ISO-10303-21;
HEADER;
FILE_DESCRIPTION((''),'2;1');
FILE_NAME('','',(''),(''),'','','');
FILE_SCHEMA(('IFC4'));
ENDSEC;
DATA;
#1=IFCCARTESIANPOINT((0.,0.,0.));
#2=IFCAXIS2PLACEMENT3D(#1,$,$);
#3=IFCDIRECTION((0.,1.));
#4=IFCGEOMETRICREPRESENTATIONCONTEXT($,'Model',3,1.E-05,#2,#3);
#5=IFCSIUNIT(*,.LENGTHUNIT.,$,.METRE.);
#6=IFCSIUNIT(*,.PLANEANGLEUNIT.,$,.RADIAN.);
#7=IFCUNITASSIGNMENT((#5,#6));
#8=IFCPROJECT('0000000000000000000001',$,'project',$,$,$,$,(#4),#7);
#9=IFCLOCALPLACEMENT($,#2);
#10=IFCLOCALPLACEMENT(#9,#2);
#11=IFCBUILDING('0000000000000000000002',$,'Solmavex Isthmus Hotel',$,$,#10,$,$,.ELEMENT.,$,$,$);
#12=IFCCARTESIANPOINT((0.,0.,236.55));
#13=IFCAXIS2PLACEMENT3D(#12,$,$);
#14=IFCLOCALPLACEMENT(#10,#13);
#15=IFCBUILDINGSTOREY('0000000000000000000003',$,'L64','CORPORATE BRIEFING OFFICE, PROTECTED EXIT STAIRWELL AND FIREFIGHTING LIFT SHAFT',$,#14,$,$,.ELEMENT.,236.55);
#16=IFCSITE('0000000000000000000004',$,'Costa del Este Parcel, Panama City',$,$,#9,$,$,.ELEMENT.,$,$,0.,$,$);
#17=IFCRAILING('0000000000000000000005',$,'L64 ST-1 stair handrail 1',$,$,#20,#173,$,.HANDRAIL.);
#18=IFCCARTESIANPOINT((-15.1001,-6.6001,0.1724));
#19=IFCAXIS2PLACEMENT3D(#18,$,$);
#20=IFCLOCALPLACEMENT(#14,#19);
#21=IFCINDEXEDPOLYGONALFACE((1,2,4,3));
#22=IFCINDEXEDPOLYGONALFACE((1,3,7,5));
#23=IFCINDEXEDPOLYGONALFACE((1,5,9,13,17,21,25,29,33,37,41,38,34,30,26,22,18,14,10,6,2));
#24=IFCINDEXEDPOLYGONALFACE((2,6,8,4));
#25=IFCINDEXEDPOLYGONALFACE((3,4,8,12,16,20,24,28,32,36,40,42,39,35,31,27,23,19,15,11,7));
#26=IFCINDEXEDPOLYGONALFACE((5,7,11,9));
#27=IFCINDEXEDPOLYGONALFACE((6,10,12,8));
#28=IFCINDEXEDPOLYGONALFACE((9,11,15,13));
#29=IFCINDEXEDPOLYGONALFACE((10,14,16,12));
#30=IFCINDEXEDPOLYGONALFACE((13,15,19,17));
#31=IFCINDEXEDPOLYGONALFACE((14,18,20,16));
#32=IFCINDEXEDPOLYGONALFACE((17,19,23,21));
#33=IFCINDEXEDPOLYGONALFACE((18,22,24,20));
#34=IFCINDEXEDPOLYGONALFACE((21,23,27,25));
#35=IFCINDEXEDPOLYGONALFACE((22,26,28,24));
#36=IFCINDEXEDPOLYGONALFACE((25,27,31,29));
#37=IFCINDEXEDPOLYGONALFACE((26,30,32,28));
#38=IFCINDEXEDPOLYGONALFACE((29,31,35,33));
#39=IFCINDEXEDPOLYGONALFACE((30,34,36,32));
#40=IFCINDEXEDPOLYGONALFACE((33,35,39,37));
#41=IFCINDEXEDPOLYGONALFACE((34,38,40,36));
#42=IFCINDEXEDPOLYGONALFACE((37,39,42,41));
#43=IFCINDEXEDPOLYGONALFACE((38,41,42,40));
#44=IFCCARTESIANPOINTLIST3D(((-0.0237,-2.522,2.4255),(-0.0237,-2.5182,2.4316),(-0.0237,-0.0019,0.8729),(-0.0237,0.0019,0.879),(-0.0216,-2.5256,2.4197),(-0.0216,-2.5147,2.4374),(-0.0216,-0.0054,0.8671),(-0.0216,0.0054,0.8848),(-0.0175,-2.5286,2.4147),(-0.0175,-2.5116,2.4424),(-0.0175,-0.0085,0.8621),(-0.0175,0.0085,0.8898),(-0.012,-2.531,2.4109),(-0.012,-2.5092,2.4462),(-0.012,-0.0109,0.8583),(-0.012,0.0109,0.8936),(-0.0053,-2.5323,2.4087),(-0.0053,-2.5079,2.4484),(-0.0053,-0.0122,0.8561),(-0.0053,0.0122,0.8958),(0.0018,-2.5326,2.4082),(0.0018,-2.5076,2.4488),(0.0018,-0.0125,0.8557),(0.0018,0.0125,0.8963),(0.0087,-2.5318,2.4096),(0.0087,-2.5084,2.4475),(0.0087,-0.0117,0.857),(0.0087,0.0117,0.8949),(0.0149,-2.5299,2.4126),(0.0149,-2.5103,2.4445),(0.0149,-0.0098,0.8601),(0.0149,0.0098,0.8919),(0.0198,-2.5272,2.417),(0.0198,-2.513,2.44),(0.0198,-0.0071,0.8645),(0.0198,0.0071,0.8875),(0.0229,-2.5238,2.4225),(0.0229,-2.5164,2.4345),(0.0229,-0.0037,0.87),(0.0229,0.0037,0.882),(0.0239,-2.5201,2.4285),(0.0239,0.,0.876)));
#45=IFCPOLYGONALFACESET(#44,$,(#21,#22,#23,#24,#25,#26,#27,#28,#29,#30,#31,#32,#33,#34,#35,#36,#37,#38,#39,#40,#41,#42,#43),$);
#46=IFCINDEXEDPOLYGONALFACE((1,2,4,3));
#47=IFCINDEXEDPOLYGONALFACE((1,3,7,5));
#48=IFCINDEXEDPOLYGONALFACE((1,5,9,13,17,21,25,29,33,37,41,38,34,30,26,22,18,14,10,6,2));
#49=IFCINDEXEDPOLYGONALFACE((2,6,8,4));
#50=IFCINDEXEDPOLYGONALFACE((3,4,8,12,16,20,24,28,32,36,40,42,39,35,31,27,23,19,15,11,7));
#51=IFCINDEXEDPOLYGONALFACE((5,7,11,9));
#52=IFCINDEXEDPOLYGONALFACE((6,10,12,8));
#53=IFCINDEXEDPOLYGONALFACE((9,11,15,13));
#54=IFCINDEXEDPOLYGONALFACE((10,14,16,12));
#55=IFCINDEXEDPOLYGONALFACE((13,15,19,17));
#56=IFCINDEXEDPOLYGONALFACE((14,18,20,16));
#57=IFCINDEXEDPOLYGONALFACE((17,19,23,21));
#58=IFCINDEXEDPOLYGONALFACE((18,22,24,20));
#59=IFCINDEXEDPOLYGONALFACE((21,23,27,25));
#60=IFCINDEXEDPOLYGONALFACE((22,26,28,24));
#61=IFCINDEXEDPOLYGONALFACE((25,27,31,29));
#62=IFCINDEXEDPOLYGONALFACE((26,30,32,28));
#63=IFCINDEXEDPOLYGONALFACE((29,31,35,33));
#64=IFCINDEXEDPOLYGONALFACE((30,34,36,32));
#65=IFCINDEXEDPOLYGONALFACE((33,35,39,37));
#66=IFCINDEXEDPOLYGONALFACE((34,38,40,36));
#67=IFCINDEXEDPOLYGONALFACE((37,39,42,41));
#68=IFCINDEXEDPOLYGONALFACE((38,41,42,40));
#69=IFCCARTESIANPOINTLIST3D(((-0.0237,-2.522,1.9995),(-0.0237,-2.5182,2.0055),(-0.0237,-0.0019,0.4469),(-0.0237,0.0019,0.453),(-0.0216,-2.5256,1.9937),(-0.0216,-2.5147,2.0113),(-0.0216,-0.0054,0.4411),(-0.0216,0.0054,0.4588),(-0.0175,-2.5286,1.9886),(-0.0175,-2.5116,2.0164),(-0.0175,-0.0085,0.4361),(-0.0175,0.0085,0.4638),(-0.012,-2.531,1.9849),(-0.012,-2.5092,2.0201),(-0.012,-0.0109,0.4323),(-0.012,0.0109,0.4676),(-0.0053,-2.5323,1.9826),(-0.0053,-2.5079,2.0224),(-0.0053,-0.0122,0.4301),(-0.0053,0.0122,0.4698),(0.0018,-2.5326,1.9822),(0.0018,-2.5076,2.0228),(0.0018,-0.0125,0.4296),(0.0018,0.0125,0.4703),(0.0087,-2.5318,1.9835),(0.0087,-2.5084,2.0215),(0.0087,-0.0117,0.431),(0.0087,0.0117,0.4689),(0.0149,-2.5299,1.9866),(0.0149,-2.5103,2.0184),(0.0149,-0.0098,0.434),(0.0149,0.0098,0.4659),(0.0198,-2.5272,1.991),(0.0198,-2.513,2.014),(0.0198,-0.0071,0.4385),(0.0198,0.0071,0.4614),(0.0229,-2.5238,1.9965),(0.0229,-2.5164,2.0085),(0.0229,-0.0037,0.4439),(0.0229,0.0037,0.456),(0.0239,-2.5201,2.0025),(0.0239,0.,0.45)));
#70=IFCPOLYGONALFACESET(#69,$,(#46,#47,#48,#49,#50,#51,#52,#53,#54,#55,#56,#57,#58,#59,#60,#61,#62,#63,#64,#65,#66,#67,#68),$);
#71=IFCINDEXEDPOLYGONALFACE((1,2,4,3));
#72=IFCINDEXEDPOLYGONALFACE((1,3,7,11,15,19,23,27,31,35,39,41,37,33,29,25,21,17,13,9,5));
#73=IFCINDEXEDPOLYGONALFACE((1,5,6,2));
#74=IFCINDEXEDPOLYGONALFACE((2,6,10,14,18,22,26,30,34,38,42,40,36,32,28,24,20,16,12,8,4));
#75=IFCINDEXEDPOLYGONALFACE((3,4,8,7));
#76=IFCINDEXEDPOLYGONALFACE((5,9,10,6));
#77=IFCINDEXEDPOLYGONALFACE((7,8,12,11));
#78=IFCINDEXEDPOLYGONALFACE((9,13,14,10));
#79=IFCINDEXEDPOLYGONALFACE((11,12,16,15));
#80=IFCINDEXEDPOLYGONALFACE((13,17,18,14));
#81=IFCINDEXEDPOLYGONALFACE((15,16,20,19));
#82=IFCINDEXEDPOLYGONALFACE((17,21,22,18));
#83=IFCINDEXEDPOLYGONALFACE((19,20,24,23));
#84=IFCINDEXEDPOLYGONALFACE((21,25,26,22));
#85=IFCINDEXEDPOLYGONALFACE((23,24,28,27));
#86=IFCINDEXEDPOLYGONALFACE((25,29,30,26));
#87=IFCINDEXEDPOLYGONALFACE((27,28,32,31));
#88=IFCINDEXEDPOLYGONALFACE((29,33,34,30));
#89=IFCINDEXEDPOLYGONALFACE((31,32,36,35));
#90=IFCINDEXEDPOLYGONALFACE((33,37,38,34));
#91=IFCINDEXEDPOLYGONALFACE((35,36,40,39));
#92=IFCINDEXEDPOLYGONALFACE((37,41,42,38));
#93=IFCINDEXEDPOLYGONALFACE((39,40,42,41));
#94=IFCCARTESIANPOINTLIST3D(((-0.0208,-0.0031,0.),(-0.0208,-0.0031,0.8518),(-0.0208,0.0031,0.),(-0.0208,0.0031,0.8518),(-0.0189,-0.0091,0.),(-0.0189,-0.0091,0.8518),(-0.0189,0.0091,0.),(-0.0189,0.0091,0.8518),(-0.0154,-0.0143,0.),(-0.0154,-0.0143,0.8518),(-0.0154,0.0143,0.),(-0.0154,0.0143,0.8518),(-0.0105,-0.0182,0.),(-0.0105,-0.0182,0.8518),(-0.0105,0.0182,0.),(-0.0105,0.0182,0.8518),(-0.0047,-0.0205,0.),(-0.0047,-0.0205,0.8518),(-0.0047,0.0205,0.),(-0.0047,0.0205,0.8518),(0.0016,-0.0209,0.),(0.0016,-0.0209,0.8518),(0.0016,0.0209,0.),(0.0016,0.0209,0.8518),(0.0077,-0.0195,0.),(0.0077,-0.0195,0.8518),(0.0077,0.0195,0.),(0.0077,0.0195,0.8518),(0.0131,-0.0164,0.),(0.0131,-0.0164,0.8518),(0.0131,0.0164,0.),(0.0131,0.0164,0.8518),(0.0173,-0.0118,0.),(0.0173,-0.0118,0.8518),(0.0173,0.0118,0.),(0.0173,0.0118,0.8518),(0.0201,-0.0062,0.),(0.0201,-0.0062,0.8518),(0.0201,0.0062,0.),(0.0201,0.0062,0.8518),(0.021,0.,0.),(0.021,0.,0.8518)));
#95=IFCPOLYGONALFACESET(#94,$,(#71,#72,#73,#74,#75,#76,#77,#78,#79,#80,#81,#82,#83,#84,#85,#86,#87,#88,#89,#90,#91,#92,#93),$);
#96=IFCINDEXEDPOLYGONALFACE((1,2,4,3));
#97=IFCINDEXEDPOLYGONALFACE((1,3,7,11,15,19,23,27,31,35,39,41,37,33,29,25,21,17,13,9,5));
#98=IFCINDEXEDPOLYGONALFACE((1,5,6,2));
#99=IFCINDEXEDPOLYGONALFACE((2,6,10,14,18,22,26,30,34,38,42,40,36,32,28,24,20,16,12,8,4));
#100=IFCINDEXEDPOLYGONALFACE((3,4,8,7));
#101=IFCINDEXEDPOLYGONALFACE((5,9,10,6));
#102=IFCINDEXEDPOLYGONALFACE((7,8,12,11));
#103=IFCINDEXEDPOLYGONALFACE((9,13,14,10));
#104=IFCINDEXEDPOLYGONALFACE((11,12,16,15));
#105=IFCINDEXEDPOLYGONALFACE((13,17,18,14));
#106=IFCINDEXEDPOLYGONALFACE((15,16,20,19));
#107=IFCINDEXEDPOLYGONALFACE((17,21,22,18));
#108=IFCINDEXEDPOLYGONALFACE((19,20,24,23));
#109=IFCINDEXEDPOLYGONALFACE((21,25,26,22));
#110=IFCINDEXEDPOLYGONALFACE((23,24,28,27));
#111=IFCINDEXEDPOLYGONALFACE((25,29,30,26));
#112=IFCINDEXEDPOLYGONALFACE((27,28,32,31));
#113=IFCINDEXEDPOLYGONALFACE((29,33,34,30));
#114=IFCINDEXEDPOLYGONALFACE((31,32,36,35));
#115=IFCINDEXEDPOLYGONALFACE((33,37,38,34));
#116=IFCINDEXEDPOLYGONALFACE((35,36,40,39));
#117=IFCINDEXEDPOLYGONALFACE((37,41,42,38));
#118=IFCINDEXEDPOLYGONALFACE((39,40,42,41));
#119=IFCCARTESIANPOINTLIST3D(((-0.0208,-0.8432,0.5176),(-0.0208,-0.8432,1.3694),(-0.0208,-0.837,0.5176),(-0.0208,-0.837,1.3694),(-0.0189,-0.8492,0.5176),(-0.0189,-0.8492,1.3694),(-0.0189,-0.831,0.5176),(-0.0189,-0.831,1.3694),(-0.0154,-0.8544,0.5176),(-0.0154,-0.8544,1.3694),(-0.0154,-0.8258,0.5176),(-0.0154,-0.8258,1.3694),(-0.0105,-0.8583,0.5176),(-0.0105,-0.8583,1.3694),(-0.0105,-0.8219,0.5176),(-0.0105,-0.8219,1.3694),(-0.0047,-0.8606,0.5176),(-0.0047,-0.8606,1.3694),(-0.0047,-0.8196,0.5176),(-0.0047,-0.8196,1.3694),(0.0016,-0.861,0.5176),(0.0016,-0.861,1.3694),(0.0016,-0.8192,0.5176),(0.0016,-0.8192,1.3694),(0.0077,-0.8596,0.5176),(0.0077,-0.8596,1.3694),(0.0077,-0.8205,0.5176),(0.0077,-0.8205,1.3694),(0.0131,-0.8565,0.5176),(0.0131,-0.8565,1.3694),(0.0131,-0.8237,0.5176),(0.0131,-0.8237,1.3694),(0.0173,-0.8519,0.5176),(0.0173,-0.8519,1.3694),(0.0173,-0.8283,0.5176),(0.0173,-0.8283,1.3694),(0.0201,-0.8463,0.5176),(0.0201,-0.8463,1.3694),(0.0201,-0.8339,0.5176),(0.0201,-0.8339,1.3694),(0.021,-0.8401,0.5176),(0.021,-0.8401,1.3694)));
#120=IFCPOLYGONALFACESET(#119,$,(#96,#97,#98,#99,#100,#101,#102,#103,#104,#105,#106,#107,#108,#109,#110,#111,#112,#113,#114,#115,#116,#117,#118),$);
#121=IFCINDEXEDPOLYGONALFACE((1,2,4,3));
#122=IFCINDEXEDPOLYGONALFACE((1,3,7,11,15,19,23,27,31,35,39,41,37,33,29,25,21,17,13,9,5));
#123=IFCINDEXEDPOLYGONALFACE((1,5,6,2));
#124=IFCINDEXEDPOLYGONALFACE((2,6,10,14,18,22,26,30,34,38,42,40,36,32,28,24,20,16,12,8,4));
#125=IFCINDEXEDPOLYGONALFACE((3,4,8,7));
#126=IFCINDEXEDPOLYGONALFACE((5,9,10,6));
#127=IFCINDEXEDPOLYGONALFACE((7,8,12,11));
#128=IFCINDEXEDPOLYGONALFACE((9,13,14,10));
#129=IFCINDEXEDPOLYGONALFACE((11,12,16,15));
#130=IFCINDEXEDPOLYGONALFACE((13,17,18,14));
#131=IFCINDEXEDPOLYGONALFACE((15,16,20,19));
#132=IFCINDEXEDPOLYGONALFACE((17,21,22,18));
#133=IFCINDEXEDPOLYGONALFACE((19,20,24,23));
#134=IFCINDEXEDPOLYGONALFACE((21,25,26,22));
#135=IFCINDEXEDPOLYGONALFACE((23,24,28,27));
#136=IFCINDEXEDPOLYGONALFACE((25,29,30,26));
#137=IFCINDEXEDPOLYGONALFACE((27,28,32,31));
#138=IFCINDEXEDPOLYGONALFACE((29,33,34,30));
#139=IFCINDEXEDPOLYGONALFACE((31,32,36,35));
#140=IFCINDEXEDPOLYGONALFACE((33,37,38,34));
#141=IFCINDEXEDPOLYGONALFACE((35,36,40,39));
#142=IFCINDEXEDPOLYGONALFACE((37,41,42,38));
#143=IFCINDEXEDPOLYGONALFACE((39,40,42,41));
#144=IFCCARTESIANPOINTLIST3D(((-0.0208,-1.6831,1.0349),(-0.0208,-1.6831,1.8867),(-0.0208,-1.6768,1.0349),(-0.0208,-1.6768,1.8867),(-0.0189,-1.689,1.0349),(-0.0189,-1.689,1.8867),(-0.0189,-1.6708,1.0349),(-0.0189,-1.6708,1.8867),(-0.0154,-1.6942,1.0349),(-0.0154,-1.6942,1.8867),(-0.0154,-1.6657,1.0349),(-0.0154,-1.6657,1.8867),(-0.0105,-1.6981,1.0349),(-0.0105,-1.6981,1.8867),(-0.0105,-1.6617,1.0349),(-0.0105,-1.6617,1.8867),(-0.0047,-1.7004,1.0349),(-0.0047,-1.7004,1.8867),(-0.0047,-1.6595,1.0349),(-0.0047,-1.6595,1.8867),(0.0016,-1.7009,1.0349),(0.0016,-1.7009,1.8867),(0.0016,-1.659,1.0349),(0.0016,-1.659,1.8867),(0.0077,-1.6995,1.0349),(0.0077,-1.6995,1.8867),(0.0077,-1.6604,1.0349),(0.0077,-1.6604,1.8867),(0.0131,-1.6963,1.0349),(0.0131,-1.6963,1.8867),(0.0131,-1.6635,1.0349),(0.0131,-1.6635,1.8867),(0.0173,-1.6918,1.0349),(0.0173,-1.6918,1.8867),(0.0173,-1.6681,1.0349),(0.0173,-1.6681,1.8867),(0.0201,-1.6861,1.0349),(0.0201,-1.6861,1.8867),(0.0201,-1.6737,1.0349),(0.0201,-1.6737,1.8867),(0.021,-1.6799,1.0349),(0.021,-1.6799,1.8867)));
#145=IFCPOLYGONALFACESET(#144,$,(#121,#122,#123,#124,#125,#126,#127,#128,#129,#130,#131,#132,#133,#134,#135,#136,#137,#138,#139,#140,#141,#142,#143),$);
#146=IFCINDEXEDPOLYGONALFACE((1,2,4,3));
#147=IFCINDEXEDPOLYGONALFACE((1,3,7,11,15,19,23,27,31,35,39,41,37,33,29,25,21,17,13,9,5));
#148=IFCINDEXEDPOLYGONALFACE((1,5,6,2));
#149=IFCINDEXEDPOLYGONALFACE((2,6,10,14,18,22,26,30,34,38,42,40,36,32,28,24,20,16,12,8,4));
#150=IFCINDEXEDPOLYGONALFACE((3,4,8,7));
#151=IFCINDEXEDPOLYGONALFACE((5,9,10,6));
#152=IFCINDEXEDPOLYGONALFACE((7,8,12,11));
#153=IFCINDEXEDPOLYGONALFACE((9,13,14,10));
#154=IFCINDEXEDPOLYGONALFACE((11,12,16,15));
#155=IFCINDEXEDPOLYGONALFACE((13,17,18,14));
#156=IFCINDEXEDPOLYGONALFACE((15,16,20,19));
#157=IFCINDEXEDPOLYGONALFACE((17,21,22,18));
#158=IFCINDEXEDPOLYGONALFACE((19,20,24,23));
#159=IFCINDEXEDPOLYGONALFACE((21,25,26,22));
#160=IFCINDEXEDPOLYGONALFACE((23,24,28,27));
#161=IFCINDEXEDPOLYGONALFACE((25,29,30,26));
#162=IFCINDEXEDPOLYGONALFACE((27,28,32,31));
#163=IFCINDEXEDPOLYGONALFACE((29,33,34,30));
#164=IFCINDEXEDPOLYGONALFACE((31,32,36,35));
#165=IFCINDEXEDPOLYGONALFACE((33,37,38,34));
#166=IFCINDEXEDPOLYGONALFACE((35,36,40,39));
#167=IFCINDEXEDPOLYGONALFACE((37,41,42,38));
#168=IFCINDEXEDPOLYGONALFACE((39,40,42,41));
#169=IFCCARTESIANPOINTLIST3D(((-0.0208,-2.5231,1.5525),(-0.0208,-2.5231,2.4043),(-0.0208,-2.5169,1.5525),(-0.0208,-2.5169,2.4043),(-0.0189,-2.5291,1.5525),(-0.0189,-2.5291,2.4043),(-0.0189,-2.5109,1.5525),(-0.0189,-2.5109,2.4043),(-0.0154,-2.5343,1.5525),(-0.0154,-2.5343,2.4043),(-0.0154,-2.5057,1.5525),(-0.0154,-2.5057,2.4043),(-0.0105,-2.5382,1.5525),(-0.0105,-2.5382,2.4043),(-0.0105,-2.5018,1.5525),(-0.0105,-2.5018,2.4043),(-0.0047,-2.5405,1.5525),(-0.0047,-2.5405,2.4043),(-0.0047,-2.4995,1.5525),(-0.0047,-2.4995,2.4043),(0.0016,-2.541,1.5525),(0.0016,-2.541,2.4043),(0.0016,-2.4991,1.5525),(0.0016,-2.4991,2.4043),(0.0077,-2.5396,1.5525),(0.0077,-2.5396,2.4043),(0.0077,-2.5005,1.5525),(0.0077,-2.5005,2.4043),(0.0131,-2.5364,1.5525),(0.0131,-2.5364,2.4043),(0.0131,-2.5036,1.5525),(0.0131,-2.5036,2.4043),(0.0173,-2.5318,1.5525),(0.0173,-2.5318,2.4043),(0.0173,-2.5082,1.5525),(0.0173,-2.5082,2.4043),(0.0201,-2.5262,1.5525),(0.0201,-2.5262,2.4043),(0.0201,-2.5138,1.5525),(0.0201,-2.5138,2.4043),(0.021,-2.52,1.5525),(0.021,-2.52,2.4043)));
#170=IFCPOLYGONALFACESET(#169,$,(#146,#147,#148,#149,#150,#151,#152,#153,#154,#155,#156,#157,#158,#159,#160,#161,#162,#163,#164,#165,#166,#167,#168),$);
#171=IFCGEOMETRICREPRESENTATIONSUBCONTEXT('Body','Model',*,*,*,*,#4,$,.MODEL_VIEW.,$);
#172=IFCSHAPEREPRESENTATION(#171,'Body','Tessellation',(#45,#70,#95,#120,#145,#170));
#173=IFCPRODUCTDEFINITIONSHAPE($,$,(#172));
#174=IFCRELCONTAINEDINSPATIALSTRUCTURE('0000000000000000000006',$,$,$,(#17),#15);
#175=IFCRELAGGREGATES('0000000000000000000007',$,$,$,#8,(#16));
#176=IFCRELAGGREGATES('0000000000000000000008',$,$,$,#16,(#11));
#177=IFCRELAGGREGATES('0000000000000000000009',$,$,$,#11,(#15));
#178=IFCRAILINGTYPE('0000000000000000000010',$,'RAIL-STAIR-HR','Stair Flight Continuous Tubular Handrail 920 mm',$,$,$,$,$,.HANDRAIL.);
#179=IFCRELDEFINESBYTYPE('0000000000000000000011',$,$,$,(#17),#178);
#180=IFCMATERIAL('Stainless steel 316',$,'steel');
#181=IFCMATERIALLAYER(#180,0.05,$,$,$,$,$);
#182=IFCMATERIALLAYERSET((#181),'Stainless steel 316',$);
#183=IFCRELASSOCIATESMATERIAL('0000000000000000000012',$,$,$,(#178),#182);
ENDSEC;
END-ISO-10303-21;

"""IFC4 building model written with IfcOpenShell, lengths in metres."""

from ifc_helpers import new_model, si_unit, direction, frame, origin, origin_2d, place, context, subcontext, project, spatial, circle, extrude, material, layer, layer_set, type_object, element, save


model = new_model("IFC4")

# Units and contexts
model_context = context("Model", 3, precision=1e-05, world=origin(), true_north=direction((0.0, 1.0)))
body_context = subcontext(model_context, "Body", "Model", "MODEL_VIEW")
ifc_project = project(units=[si_unit("LENGTHUNIT", "METRE"), si_unit("PLANEANGLEUNIT", "RADIAN")], contexts=[model_context])

# Site, building, storey
site_placement = place(None, origin())
site = spatial("IfcSite", under=ifc_project, at=site_placement, Name="Costa del Este Parcel, Panama City", CompositionType="ELEMENT", RefElevation=0.0)
building_placement = place(site_placement, origin())
building = spatial("IfcBuilding", under=site, at=building_placement, Name="Solmavex Isthmus Hotel", CompositionType="ELEMENT")
storey_placement = place(building_placement, frame((0.0, 0.0, 236.55)))
storey = spatial("IfcBuildingStorey", under=building, at=storey_placement, Name="L64", Description="CORPORATE BRIEFING OFFICE, PROTECTED EXIT STAIRWELL AND FIREFIGHTING LIFT SHAFT", CompositionType="ELEMENT", Elevation=236.55)

# Railing
ifc_material_1 = material(Name="Stainless steel 316", Category="steel")
ifc_layer_1 = layer(ifc_material_1, 0.05)
ifc_layer_set_1 = layer_set([ifc_layer_1], Name="Stainless steel 316")
railing_type = type_object("IfcRailingType", Name="RAIL-STAIR-HR", Description="Stair Flight Continuous Tubular Handrail 920 mm", PredefinedType="HANDRAIL", material=ifc_layer_set_1)
railing_placement = place(storey_placement, frame((-15.1001, -6.6001, 0.1724)))
element("IfcRailing", 1, at=railing_placement, inside=storey, type_object=railing_type, Name="L64 ST-1 stair handrail 1", PredefinedType="HANDRAIL", context=body_context, shape_type="SweptSolid", body=[
    extrude(circle(Radius=0.0239, at=origin_2d()), frame((0.0, 0.0, 0.876), z_axis=(0.0, -0.8514, 0.524516), x_axis=(1.0, 0.0, 0.0)), (0.0, 0.0, 1.0), 2.96),
    extrude(circle(Radius=0.0239, at=origin_2d()), frame((0.0, 0.0, 0.45), z_axis=(0.0, -0.8514, 0.524516), x_axis=(1.0, 0.0, 0.0)), (0.0, 0.0, 1.0), 2.96),
    extrude(circle(Radius=0.021, at=origin_2d()), origin(), (0.0, 0.0, 1.0), 0.8518),
    extrude(circle(Radius=0.021, at=origin_2d()), frame((0.0, -0.8401, 0.5176)), (0.0, 0.0, 1.0), 0.8518),
    extrude(circle(Radius=0.021, at=origin_2d()), frame((0.0, -1.6799, 1.0349)), (0.0, 0.0, 1.0), 0.8518),
    extrude(circle(Radius=0.021, at=origin_2d()), frame((0.0, -2.52, 1.5525)), (0.0, 0.0, 1.0), 0.8518),
])

save(model, "model.ifc")
